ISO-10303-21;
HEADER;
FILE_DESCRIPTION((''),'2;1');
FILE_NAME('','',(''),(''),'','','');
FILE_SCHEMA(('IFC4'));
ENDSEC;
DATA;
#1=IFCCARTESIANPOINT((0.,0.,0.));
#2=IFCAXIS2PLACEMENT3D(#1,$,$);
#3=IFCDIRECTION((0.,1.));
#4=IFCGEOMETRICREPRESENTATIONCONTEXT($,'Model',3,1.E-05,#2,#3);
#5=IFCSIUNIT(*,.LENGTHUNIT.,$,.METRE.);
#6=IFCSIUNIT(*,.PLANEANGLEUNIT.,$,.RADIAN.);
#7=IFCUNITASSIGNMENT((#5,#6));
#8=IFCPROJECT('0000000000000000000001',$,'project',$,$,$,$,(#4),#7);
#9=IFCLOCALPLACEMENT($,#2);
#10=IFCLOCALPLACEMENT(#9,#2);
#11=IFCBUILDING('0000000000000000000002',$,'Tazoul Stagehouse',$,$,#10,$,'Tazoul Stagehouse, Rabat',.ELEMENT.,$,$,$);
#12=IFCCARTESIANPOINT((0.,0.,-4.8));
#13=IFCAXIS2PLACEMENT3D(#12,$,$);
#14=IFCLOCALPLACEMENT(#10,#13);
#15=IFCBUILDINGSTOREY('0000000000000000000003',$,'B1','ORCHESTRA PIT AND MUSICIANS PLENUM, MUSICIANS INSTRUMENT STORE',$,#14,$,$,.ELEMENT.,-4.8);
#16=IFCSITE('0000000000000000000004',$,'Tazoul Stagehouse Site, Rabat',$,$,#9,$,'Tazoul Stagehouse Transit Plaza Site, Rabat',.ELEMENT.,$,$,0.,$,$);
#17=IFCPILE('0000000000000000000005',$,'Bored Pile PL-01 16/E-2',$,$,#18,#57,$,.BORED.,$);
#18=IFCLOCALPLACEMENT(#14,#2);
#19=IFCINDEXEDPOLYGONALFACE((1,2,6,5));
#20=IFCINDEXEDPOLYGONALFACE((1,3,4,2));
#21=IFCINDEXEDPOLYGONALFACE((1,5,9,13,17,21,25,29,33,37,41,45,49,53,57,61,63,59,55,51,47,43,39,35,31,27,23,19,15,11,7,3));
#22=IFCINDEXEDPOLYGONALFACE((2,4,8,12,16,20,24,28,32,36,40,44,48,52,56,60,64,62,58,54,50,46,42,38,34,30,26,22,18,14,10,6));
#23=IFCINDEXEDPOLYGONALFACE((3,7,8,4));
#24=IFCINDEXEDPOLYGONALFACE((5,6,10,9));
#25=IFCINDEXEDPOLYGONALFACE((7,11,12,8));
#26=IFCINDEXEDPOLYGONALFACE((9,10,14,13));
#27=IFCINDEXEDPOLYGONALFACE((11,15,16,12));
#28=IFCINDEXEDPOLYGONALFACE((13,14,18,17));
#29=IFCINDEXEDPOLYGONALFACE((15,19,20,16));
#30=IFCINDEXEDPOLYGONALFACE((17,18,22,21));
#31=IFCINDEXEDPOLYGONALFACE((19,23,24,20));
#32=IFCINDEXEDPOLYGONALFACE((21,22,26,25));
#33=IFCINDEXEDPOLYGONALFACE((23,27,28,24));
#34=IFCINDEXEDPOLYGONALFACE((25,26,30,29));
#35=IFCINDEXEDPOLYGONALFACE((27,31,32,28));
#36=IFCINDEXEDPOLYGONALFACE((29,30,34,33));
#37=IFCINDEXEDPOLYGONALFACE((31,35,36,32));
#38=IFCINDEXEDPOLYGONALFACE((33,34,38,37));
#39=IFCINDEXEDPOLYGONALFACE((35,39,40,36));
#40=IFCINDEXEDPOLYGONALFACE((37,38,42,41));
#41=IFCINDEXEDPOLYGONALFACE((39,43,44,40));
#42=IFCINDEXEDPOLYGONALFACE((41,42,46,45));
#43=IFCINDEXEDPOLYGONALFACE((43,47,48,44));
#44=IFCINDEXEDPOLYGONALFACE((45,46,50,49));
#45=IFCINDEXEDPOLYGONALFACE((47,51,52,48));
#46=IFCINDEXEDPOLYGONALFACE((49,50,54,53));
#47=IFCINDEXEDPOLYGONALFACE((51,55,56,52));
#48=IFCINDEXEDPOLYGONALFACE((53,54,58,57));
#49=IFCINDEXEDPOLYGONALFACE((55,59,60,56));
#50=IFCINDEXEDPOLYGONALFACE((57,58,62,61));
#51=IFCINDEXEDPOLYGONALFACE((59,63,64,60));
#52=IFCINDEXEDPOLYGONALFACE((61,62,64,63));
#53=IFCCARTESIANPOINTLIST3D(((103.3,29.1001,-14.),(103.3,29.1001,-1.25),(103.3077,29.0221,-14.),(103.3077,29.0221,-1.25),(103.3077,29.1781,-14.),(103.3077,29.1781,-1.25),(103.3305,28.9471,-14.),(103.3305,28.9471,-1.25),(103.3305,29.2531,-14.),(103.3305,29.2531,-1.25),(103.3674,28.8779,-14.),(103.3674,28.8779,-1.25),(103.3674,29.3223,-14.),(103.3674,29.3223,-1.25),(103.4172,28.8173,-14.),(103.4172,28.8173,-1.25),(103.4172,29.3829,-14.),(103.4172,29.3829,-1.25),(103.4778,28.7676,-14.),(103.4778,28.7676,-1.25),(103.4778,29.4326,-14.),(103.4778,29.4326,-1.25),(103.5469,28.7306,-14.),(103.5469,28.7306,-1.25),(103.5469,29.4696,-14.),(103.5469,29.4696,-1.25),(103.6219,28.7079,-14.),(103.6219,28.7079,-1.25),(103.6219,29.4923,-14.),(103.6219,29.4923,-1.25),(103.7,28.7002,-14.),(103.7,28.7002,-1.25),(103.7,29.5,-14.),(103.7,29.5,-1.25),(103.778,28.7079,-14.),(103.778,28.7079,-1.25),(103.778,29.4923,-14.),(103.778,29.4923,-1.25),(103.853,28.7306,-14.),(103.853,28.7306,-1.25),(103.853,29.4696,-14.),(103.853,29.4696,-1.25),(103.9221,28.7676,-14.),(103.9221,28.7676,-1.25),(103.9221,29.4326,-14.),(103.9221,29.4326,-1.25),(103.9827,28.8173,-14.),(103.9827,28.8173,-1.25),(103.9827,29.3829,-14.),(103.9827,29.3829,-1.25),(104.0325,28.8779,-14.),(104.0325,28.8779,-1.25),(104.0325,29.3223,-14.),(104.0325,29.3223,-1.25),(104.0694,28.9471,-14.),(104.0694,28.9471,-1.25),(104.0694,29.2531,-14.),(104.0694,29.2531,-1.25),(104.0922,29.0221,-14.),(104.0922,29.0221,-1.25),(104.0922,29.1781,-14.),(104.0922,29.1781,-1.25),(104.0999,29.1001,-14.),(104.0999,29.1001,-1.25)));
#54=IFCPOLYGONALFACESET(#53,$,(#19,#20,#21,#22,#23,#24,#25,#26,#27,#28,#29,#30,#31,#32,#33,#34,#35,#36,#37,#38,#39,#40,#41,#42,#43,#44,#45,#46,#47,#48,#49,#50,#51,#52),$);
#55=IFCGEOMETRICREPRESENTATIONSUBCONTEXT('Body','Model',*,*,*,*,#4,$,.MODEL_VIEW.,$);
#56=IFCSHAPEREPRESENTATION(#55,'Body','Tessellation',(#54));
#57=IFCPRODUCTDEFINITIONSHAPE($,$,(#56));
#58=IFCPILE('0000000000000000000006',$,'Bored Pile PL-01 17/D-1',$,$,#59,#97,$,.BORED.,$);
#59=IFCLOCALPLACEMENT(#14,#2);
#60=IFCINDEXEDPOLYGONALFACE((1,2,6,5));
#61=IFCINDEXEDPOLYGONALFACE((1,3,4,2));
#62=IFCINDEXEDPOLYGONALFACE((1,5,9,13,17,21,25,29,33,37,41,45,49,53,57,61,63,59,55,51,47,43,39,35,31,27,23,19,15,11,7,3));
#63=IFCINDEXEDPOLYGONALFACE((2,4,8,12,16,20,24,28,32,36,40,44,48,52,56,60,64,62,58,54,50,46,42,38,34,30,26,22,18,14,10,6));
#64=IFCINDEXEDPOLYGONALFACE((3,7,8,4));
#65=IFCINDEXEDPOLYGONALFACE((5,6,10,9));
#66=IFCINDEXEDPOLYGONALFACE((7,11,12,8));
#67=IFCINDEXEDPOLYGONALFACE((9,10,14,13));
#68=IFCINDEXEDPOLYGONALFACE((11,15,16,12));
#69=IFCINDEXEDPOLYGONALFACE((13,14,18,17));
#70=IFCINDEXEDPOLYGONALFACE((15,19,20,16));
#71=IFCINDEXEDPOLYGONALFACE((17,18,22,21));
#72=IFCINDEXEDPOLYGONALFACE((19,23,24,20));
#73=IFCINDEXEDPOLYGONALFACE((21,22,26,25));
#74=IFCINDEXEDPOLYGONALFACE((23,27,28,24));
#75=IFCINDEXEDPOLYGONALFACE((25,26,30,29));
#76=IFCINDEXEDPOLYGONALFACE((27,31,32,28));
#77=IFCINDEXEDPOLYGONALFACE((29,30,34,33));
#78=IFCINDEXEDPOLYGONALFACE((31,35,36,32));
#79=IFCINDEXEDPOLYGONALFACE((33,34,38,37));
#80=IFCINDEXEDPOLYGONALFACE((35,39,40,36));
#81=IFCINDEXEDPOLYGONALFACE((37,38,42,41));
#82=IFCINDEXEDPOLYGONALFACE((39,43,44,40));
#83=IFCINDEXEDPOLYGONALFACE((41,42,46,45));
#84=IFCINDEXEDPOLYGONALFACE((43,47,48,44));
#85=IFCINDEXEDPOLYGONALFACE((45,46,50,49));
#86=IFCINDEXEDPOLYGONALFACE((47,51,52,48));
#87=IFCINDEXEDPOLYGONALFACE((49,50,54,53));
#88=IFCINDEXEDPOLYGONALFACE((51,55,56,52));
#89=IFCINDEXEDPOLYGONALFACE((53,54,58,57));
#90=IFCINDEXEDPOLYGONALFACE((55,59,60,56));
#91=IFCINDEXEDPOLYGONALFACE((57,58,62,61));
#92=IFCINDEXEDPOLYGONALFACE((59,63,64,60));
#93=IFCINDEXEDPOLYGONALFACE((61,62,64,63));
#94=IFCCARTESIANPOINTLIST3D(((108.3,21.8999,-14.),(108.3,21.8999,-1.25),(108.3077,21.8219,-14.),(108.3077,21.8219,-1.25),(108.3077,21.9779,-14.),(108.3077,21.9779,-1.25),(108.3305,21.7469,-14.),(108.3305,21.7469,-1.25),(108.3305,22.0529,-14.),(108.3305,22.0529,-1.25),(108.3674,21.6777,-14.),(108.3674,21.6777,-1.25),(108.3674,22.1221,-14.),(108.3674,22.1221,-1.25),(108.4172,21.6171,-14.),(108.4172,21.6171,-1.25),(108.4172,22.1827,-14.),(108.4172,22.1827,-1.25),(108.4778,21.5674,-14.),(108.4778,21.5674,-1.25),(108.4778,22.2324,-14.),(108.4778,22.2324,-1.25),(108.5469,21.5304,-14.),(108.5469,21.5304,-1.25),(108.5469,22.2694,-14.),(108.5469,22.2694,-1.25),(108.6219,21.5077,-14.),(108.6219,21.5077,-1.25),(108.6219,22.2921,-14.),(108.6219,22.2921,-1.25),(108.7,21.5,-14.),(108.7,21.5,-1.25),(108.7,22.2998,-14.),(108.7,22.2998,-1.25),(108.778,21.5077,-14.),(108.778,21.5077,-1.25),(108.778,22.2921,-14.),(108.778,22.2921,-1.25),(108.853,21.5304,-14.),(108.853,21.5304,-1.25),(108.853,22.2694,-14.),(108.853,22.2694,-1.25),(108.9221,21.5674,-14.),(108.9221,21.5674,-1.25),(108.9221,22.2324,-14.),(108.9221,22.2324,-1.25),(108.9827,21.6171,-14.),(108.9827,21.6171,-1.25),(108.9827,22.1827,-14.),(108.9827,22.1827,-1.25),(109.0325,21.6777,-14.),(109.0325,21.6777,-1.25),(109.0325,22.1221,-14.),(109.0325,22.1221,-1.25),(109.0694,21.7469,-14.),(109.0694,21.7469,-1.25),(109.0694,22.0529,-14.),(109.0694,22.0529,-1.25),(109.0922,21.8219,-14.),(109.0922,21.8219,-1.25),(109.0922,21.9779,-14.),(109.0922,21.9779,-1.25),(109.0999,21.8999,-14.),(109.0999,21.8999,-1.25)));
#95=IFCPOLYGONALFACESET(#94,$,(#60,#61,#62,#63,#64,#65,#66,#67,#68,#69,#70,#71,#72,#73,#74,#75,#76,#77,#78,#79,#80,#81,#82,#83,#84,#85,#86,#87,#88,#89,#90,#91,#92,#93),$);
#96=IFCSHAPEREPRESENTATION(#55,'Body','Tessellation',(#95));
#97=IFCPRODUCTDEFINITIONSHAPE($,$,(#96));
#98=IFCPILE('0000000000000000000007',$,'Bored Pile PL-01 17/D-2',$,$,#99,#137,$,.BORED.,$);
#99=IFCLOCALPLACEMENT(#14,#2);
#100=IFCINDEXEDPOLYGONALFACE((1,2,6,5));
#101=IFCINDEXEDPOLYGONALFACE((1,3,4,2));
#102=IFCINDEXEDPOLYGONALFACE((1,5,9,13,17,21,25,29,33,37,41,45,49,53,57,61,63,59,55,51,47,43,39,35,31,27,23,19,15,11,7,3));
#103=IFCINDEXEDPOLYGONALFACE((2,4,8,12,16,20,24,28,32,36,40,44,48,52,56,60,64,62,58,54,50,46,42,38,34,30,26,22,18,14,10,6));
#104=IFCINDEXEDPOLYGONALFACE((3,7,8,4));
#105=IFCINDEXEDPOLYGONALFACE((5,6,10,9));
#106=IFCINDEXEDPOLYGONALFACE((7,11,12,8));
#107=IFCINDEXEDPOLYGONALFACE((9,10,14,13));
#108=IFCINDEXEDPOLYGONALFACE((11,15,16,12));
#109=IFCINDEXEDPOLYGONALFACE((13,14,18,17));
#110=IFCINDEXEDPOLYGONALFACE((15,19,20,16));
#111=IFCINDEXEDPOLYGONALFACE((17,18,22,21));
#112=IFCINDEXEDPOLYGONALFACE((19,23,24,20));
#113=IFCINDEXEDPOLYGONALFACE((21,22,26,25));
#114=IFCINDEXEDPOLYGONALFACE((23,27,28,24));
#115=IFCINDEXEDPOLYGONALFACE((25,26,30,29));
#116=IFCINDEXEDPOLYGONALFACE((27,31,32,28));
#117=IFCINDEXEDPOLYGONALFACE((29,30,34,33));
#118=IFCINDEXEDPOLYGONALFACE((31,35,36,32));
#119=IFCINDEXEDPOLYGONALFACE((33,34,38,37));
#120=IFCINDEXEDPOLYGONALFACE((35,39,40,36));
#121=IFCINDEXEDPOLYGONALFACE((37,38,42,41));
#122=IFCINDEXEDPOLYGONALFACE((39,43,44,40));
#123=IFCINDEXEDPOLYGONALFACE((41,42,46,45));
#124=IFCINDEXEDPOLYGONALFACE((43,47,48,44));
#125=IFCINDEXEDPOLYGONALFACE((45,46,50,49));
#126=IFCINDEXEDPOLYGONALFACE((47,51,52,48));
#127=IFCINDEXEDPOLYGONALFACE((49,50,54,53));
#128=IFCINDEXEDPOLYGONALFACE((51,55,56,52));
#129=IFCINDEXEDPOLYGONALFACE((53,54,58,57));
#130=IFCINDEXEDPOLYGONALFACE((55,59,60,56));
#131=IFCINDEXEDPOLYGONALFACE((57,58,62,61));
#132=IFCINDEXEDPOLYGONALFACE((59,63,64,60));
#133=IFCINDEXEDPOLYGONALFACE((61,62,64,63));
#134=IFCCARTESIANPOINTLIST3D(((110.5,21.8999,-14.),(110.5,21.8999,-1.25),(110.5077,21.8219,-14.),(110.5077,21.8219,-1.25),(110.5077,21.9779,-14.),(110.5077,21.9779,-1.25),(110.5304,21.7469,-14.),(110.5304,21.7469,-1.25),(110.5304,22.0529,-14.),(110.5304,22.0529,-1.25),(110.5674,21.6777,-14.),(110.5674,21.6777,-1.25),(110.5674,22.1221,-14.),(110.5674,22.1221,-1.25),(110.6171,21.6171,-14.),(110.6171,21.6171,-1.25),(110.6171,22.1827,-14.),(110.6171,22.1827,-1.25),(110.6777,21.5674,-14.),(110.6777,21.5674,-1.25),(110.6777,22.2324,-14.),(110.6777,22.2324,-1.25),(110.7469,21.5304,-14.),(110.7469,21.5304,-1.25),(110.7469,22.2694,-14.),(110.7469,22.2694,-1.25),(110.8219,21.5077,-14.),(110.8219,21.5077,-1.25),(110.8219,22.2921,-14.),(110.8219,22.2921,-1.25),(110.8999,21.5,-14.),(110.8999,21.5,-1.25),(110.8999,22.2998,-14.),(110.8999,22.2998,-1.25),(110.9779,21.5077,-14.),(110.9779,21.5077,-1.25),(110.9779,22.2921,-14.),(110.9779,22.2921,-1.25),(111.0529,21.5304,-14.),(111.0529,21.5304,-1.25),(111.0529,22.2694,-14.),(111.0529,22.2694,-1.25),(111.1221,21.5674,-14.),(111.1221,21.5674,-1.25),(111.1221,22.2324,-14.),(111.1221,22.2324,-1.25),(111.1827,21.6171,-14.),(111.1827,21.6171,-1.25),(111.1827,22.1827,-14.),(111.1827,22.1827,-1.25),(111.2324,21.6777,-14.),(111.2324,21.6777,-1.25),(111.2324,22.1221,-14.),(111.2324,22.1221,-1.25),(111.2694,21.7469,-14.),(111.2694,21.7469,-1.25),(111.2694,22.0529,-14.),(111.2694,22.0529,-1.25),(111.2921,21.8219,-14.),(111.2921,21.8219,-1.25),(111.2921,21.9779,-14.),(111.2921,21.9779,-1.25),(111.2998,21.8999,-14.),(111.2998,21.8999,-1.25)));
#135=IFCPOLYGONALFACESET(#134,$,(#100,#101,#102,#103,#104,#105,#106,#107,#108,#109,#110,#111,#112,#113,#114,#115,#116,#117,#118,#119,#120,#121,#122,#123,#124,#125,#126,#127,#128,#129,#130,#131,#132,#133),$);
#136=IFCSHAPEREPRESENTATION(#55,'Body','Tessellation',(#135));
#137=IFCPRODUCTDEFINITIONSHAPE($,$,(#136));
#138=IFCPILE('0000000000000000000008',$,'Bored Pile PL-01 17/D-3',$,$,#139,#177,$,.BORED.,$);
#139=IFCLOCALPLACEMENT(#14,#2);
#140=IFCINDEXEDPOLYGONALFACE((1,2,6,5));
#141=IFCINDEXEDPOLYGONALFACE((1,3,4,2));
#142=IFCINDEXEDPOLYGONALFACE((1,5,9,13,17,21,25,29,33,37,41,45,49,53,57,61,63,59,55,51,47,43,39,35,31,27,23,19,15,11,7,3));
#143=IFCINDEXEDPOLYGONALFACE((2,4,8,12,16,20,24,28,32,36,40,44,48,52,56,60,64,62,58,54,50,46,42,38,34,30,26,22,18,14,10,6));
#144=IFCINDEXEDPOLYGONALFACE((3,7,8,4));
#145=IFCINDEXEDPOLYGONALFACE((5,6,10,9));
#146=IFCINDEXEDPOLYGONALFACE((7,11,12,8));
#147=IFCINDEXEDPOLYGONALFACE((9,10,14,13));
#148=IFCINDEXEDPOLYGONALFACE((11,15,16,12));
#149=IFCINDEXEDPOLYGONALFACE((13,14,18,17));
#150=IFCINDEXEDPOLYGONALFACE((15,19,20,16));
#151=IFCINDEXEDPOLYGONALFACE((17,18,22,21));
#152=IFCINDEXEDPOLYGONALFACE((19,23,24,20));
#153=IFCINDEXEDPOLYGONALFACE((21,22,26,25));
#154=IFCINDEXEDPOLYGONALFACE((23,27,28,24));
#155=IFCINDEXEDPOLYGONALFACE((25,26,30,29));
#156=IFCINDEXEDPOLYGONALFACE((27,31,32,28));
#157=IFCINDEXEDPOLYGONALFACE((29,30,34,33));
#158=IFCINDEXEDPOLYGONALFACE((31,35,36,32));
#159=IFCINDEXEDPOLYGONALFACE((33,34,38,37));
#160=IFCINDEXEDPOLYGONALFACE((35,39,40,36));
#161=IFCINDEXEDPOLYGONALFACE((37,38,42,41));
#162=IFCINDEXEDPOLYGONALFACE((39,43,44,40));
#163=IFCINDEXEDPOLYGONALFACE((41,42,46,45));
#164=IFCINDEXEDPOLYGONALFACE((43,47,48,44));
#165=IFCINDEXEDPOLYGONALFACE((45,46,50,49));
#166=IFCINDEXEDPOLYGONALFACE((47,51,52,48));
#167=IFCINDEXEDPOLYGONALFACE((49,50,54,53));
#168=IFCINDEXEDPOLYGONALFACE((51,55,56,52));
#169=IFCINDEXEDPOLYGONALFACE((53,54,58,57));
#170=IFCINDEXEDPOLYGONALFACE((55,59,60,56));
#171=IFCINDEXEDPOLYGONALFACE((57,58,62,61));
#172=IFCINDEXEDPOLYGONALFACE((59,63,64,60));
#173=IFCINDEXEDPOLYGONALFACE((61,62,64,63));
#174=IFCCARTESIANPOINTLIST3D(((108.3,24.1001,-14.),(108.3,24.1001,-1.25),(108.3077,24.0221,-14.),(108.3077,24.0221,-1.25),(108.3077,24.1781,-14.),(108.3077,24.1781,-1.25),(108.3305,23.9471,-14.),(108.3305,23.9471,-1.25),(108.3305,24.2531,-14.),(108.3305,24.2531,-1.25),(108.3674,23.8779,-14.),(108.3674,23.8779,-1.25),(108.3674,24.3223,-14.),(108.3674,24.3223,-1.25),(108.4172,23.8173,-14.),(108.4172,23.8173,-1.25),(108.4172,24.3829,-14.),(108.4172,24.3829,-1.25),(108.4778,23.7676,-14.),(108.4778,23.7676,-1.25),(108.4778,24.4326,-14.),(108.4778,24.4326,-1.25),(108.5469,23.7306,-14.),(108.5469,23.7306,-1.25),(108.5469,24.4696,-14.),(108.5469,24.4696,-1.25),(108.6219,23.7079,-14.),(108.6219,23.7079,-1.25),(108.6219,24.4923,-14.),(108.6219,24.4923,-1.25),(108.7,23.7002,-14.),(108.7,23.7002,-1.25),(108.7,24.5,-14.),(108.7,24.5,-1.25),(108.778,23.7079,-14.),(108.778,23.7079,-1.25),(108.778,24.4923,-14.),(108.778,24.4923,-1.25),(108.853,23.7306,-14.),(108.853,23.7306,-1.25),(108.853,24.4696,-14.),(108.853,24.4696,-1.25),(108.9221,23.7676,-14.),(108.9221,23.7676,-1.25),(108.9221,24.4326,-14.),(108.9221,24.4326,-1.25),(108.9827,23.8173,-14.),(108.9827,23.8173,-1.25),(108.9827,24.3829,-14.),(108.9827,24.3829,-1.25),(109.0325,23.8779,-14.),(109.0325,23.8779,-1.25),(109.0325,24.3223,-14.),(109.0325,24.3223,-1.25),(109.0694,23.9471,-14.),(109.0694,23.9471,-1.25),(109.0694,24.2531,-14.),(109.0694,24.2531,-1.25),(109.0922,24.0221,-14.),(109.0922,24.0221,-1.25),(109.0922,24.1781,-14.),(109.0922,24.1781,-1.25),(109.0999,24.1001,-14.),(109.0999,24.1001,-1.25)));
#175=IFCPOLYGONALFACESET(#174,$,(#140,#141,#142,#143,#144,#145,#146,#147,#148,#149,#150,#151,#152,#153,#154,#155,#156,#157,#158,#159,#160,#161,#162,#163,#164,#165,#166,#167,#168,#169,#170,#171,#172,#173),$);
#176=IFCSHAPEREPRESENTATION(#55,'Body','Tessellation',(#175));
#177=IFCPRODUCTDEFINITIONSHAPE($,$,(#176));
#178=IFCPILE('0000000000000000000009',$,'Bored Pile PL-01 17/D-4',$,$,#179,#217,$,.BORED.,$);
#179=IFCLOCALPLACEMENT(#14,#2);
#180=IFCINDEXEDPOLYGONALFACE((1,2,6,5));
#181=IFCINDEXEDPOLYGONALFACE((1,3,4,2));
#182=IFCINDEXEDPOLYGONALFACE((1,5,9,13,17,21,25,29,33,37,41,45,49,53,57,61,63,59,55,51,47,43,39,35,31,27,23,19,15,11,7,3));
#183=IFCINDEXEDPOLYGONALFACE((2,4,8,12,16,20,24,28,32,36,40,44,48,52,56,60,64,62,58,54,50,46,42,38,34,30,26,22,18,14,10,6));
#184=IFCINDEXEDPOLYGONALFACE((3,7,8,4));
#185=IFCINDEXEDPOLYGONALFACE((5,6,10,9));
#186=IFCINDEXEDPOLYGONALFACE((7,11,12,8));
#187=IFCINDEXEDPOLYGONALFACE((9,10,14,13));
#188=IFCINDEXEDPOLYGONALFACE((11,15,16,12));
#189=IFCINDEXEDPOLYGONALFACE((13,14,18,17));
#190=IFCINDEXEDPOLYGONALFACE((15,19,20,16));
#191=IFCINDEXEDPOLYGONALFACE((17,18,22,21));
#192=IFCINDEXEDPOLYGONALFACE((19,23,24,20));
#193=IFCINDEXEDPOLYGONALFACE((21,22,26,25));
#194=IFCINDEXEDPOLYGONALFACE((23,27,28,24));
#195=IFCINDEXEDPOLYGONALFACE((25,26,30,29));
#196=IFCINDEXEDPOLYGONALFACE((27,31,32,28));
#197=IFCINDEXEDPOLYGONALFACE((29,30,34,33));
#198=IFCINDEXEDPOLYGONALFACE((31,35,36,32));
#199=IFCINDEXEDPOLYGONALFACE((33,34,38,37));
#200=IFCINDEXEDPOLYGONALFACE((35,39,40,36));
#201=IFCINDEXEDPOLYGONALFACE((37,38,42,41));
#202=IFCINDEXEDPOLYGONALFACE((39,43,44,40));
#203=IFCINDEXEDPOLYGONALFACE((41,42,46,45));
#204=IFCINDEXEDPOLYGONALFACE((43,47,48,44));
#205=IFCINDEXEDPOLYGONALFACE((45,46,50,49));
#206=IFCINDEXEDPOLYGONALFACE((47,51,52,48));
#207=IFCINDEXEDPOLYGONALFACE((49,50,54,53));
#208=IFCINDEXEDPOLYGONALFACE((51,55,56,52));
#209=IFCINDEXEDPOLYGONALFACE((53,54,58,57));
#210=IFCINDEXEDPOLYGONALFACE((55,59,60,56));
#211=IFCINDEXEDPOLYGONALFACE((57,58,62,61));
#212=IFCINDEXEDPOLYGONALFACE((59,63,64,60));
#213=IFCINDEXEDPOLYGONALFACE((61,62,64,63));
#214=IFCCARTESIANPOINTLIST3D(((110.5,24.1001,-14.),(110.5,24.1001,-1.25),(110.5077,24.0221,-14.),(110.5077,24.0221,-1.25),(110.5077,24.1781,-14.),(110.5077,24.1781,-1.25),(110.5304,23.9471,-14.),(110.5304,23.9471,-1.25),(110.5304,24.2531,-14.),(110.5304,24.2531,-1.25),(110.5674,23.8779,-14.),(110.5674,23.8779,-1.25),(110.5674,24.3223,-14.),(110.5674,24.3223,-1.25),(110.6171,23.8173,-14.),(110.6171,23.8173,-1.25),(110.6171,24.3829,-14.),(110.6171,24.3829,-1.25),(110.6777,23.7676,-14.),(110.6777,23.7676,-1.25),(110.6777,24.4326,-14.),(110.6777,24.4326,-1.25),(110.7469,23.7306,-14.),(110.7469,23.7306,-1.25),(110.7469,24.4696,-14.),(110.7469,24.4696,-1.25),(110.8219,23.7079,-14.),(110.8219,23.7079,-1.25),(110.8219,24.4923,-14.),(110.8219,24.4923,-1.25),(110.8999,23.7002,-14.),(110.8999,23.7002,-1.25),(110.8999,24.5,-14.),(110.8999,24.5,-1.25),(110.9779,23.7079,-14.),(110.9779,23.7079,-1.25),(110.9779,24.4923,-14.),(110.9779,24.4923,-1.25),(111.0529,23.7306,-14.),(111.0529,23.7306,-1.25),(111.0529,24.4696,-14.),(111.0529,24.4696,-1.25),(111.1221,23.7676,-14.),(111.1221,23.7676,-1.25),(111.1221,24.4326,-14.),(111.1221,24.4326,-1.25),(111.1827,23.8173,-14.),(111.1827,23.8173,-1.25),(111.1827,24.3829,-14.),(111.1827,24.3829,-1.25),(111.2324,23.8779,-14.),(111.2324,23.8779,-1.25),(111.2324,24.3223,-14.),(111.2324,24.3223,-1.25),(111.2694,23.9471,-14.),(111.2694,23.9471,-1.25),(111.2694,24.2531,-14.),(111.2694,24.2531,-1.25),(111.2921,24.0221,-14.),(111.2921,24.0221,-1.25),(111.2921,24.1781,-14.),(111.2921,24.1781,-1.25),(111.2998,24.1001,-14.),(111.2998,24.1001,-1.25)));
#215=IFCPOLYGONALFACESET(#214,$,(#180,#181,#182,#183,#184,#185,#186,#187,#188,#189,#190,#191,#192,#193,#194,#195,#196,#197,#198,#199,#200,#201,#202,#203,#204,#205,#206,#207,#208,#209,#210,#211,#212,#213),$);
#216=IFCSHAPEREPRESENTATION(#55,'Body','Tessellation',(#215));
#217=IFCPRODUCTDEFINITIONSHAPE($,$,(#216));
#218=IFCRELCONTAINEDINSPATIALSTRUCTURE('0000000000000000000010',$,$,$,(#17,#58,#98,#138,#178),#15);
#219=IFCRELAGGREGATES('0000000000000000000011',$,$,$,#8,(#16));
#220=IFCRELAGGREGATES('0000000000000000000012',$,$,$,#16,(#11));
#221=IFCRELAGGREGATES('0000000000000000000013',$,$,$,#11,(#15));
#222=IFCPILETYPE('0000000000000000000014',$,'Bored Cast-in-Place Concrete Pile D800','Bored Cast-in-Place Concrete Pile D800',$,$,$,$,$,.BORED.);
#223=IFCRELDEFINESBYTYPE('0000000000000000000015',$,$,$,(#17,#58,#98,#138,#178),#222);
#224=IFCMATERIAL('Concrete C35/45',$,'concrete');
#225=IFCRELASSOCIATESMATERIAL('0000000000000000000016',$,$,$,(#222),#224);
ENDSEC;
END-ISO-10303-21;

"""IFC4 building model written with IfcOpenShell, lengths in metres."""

from ifc_helpers import new_model, si_unit, direction, frame, origin, origin_2d, place, context, subcontext, project, spatial, circle, extrude, material, material_profile, profile_set, type_object, element, save


model = new_model("IFC4")

# Units and contexts
model_context = context("Model", 3, precision=1e-05, world=origin(), true_north=direction((0.0, 1.0)))
body_context = subcontext(model_context, "Body", "Model", "MODEL_VIEW")
ifc_project = project(units=[si_unit("LENGTHUNIT", "METRE"), si_unit("PLANEANGLEUNIT", "RADIAN")], contexts=[model_context])

# Site, building, storey
site_placement = place(None, origin())
site = spatial("IfcSite", under=ifc_project, at=site_placement, Name="Tazoul Stagehouse Site, Rabat", LongName="Tazoul Stagehouse Transit Plaza Site, Rabat", CompositionType="ELEMENT", RefElevation=0.0)
building_placement = place(site_placement, origin())
building = spatial("IfcBuilding", under=site, at=building_placement, Name="Tazoul Stagehouse", LongName="Tazoul Stagehouse, Rabat", CompositionType="ELEMENT")
storey_placement = place(building_placement, frame((0.0, 0.0, -4.8)))
storey = spatial("IfcBuildingStorey", under=building, at=storey_placement, Name="B1", Description="ORCHESTRA PIT AND MUSICIANS PLENUM, MUSICIANS INSTRUMENT STORE", CompositionType="ELEMENT", Elevation=-4.8)

# Piles
ifc_material_1 = material(Name="Concrete C35/45", Category="concrete")
ifc_material_profile_1 = material_profile(ifc_material_1, circle(Radius=0.3999, at=origin_2d()), Name="BORED PILE 800")
ifc_profile_set_1 = profile_set([ifc_material_profile_1], Name="Concrete C35/45")
pile_type = type_object("IfcPileType", Name="Bored Cast-in-Place Concrete Pile D800", Description="Bored Cast-in-Place Concrete Pile D800", PredefinedType="BORED", material=ifc_profile_set_1)
for number, where, z_axis, x_axis, name in (
    (1, (103.7, 29.1001, -1.25), (0.0, 0.0, -1.0), (1.0, 0.0, 0.0), "Bored Pile PL-01 16/E-2"),
    (2, (108.7, 21.8999, -1.25), (0.0, 0.0, -1.0), (1.0, 0.0, 0.0), "Bored Pile PL-01 17/D-1"),
    (3, (110.8999, 21.8999, -1.25), (0.0, 0.0, -1.0), (1.0, 0.0, 0.0), "Bored Pile PL-01 17/D-2"),
    (4, (108.7, 24.1001, -1.25), (0.0, 0.0, -1.0), (1.0, 0.0, 0.0), "Bored Pile PL-01 17/D-3"),
    (5, (110.8999, 24.1001, -1.25), (0.0, 0.0, -1.0), (1.0, 0.0, 0.0), "Bored Pile PL-01 17/D-4"),
):
    element("IfcPile", number, at=place(storey_placement, frame(where, z_axis=z_axis, x_axis=x_axis)), inside=storey, type_object=pile_type, Name=name, PredefinedType="BORED", context=body_context, shape_type="SweptSolid", body=[
        extrude(circle(Radius=0.3999, at=origin_2d()), origin(), (0.0, 0.0, 1.0), 12.75),
    ])

save(model, "model.ifc")
